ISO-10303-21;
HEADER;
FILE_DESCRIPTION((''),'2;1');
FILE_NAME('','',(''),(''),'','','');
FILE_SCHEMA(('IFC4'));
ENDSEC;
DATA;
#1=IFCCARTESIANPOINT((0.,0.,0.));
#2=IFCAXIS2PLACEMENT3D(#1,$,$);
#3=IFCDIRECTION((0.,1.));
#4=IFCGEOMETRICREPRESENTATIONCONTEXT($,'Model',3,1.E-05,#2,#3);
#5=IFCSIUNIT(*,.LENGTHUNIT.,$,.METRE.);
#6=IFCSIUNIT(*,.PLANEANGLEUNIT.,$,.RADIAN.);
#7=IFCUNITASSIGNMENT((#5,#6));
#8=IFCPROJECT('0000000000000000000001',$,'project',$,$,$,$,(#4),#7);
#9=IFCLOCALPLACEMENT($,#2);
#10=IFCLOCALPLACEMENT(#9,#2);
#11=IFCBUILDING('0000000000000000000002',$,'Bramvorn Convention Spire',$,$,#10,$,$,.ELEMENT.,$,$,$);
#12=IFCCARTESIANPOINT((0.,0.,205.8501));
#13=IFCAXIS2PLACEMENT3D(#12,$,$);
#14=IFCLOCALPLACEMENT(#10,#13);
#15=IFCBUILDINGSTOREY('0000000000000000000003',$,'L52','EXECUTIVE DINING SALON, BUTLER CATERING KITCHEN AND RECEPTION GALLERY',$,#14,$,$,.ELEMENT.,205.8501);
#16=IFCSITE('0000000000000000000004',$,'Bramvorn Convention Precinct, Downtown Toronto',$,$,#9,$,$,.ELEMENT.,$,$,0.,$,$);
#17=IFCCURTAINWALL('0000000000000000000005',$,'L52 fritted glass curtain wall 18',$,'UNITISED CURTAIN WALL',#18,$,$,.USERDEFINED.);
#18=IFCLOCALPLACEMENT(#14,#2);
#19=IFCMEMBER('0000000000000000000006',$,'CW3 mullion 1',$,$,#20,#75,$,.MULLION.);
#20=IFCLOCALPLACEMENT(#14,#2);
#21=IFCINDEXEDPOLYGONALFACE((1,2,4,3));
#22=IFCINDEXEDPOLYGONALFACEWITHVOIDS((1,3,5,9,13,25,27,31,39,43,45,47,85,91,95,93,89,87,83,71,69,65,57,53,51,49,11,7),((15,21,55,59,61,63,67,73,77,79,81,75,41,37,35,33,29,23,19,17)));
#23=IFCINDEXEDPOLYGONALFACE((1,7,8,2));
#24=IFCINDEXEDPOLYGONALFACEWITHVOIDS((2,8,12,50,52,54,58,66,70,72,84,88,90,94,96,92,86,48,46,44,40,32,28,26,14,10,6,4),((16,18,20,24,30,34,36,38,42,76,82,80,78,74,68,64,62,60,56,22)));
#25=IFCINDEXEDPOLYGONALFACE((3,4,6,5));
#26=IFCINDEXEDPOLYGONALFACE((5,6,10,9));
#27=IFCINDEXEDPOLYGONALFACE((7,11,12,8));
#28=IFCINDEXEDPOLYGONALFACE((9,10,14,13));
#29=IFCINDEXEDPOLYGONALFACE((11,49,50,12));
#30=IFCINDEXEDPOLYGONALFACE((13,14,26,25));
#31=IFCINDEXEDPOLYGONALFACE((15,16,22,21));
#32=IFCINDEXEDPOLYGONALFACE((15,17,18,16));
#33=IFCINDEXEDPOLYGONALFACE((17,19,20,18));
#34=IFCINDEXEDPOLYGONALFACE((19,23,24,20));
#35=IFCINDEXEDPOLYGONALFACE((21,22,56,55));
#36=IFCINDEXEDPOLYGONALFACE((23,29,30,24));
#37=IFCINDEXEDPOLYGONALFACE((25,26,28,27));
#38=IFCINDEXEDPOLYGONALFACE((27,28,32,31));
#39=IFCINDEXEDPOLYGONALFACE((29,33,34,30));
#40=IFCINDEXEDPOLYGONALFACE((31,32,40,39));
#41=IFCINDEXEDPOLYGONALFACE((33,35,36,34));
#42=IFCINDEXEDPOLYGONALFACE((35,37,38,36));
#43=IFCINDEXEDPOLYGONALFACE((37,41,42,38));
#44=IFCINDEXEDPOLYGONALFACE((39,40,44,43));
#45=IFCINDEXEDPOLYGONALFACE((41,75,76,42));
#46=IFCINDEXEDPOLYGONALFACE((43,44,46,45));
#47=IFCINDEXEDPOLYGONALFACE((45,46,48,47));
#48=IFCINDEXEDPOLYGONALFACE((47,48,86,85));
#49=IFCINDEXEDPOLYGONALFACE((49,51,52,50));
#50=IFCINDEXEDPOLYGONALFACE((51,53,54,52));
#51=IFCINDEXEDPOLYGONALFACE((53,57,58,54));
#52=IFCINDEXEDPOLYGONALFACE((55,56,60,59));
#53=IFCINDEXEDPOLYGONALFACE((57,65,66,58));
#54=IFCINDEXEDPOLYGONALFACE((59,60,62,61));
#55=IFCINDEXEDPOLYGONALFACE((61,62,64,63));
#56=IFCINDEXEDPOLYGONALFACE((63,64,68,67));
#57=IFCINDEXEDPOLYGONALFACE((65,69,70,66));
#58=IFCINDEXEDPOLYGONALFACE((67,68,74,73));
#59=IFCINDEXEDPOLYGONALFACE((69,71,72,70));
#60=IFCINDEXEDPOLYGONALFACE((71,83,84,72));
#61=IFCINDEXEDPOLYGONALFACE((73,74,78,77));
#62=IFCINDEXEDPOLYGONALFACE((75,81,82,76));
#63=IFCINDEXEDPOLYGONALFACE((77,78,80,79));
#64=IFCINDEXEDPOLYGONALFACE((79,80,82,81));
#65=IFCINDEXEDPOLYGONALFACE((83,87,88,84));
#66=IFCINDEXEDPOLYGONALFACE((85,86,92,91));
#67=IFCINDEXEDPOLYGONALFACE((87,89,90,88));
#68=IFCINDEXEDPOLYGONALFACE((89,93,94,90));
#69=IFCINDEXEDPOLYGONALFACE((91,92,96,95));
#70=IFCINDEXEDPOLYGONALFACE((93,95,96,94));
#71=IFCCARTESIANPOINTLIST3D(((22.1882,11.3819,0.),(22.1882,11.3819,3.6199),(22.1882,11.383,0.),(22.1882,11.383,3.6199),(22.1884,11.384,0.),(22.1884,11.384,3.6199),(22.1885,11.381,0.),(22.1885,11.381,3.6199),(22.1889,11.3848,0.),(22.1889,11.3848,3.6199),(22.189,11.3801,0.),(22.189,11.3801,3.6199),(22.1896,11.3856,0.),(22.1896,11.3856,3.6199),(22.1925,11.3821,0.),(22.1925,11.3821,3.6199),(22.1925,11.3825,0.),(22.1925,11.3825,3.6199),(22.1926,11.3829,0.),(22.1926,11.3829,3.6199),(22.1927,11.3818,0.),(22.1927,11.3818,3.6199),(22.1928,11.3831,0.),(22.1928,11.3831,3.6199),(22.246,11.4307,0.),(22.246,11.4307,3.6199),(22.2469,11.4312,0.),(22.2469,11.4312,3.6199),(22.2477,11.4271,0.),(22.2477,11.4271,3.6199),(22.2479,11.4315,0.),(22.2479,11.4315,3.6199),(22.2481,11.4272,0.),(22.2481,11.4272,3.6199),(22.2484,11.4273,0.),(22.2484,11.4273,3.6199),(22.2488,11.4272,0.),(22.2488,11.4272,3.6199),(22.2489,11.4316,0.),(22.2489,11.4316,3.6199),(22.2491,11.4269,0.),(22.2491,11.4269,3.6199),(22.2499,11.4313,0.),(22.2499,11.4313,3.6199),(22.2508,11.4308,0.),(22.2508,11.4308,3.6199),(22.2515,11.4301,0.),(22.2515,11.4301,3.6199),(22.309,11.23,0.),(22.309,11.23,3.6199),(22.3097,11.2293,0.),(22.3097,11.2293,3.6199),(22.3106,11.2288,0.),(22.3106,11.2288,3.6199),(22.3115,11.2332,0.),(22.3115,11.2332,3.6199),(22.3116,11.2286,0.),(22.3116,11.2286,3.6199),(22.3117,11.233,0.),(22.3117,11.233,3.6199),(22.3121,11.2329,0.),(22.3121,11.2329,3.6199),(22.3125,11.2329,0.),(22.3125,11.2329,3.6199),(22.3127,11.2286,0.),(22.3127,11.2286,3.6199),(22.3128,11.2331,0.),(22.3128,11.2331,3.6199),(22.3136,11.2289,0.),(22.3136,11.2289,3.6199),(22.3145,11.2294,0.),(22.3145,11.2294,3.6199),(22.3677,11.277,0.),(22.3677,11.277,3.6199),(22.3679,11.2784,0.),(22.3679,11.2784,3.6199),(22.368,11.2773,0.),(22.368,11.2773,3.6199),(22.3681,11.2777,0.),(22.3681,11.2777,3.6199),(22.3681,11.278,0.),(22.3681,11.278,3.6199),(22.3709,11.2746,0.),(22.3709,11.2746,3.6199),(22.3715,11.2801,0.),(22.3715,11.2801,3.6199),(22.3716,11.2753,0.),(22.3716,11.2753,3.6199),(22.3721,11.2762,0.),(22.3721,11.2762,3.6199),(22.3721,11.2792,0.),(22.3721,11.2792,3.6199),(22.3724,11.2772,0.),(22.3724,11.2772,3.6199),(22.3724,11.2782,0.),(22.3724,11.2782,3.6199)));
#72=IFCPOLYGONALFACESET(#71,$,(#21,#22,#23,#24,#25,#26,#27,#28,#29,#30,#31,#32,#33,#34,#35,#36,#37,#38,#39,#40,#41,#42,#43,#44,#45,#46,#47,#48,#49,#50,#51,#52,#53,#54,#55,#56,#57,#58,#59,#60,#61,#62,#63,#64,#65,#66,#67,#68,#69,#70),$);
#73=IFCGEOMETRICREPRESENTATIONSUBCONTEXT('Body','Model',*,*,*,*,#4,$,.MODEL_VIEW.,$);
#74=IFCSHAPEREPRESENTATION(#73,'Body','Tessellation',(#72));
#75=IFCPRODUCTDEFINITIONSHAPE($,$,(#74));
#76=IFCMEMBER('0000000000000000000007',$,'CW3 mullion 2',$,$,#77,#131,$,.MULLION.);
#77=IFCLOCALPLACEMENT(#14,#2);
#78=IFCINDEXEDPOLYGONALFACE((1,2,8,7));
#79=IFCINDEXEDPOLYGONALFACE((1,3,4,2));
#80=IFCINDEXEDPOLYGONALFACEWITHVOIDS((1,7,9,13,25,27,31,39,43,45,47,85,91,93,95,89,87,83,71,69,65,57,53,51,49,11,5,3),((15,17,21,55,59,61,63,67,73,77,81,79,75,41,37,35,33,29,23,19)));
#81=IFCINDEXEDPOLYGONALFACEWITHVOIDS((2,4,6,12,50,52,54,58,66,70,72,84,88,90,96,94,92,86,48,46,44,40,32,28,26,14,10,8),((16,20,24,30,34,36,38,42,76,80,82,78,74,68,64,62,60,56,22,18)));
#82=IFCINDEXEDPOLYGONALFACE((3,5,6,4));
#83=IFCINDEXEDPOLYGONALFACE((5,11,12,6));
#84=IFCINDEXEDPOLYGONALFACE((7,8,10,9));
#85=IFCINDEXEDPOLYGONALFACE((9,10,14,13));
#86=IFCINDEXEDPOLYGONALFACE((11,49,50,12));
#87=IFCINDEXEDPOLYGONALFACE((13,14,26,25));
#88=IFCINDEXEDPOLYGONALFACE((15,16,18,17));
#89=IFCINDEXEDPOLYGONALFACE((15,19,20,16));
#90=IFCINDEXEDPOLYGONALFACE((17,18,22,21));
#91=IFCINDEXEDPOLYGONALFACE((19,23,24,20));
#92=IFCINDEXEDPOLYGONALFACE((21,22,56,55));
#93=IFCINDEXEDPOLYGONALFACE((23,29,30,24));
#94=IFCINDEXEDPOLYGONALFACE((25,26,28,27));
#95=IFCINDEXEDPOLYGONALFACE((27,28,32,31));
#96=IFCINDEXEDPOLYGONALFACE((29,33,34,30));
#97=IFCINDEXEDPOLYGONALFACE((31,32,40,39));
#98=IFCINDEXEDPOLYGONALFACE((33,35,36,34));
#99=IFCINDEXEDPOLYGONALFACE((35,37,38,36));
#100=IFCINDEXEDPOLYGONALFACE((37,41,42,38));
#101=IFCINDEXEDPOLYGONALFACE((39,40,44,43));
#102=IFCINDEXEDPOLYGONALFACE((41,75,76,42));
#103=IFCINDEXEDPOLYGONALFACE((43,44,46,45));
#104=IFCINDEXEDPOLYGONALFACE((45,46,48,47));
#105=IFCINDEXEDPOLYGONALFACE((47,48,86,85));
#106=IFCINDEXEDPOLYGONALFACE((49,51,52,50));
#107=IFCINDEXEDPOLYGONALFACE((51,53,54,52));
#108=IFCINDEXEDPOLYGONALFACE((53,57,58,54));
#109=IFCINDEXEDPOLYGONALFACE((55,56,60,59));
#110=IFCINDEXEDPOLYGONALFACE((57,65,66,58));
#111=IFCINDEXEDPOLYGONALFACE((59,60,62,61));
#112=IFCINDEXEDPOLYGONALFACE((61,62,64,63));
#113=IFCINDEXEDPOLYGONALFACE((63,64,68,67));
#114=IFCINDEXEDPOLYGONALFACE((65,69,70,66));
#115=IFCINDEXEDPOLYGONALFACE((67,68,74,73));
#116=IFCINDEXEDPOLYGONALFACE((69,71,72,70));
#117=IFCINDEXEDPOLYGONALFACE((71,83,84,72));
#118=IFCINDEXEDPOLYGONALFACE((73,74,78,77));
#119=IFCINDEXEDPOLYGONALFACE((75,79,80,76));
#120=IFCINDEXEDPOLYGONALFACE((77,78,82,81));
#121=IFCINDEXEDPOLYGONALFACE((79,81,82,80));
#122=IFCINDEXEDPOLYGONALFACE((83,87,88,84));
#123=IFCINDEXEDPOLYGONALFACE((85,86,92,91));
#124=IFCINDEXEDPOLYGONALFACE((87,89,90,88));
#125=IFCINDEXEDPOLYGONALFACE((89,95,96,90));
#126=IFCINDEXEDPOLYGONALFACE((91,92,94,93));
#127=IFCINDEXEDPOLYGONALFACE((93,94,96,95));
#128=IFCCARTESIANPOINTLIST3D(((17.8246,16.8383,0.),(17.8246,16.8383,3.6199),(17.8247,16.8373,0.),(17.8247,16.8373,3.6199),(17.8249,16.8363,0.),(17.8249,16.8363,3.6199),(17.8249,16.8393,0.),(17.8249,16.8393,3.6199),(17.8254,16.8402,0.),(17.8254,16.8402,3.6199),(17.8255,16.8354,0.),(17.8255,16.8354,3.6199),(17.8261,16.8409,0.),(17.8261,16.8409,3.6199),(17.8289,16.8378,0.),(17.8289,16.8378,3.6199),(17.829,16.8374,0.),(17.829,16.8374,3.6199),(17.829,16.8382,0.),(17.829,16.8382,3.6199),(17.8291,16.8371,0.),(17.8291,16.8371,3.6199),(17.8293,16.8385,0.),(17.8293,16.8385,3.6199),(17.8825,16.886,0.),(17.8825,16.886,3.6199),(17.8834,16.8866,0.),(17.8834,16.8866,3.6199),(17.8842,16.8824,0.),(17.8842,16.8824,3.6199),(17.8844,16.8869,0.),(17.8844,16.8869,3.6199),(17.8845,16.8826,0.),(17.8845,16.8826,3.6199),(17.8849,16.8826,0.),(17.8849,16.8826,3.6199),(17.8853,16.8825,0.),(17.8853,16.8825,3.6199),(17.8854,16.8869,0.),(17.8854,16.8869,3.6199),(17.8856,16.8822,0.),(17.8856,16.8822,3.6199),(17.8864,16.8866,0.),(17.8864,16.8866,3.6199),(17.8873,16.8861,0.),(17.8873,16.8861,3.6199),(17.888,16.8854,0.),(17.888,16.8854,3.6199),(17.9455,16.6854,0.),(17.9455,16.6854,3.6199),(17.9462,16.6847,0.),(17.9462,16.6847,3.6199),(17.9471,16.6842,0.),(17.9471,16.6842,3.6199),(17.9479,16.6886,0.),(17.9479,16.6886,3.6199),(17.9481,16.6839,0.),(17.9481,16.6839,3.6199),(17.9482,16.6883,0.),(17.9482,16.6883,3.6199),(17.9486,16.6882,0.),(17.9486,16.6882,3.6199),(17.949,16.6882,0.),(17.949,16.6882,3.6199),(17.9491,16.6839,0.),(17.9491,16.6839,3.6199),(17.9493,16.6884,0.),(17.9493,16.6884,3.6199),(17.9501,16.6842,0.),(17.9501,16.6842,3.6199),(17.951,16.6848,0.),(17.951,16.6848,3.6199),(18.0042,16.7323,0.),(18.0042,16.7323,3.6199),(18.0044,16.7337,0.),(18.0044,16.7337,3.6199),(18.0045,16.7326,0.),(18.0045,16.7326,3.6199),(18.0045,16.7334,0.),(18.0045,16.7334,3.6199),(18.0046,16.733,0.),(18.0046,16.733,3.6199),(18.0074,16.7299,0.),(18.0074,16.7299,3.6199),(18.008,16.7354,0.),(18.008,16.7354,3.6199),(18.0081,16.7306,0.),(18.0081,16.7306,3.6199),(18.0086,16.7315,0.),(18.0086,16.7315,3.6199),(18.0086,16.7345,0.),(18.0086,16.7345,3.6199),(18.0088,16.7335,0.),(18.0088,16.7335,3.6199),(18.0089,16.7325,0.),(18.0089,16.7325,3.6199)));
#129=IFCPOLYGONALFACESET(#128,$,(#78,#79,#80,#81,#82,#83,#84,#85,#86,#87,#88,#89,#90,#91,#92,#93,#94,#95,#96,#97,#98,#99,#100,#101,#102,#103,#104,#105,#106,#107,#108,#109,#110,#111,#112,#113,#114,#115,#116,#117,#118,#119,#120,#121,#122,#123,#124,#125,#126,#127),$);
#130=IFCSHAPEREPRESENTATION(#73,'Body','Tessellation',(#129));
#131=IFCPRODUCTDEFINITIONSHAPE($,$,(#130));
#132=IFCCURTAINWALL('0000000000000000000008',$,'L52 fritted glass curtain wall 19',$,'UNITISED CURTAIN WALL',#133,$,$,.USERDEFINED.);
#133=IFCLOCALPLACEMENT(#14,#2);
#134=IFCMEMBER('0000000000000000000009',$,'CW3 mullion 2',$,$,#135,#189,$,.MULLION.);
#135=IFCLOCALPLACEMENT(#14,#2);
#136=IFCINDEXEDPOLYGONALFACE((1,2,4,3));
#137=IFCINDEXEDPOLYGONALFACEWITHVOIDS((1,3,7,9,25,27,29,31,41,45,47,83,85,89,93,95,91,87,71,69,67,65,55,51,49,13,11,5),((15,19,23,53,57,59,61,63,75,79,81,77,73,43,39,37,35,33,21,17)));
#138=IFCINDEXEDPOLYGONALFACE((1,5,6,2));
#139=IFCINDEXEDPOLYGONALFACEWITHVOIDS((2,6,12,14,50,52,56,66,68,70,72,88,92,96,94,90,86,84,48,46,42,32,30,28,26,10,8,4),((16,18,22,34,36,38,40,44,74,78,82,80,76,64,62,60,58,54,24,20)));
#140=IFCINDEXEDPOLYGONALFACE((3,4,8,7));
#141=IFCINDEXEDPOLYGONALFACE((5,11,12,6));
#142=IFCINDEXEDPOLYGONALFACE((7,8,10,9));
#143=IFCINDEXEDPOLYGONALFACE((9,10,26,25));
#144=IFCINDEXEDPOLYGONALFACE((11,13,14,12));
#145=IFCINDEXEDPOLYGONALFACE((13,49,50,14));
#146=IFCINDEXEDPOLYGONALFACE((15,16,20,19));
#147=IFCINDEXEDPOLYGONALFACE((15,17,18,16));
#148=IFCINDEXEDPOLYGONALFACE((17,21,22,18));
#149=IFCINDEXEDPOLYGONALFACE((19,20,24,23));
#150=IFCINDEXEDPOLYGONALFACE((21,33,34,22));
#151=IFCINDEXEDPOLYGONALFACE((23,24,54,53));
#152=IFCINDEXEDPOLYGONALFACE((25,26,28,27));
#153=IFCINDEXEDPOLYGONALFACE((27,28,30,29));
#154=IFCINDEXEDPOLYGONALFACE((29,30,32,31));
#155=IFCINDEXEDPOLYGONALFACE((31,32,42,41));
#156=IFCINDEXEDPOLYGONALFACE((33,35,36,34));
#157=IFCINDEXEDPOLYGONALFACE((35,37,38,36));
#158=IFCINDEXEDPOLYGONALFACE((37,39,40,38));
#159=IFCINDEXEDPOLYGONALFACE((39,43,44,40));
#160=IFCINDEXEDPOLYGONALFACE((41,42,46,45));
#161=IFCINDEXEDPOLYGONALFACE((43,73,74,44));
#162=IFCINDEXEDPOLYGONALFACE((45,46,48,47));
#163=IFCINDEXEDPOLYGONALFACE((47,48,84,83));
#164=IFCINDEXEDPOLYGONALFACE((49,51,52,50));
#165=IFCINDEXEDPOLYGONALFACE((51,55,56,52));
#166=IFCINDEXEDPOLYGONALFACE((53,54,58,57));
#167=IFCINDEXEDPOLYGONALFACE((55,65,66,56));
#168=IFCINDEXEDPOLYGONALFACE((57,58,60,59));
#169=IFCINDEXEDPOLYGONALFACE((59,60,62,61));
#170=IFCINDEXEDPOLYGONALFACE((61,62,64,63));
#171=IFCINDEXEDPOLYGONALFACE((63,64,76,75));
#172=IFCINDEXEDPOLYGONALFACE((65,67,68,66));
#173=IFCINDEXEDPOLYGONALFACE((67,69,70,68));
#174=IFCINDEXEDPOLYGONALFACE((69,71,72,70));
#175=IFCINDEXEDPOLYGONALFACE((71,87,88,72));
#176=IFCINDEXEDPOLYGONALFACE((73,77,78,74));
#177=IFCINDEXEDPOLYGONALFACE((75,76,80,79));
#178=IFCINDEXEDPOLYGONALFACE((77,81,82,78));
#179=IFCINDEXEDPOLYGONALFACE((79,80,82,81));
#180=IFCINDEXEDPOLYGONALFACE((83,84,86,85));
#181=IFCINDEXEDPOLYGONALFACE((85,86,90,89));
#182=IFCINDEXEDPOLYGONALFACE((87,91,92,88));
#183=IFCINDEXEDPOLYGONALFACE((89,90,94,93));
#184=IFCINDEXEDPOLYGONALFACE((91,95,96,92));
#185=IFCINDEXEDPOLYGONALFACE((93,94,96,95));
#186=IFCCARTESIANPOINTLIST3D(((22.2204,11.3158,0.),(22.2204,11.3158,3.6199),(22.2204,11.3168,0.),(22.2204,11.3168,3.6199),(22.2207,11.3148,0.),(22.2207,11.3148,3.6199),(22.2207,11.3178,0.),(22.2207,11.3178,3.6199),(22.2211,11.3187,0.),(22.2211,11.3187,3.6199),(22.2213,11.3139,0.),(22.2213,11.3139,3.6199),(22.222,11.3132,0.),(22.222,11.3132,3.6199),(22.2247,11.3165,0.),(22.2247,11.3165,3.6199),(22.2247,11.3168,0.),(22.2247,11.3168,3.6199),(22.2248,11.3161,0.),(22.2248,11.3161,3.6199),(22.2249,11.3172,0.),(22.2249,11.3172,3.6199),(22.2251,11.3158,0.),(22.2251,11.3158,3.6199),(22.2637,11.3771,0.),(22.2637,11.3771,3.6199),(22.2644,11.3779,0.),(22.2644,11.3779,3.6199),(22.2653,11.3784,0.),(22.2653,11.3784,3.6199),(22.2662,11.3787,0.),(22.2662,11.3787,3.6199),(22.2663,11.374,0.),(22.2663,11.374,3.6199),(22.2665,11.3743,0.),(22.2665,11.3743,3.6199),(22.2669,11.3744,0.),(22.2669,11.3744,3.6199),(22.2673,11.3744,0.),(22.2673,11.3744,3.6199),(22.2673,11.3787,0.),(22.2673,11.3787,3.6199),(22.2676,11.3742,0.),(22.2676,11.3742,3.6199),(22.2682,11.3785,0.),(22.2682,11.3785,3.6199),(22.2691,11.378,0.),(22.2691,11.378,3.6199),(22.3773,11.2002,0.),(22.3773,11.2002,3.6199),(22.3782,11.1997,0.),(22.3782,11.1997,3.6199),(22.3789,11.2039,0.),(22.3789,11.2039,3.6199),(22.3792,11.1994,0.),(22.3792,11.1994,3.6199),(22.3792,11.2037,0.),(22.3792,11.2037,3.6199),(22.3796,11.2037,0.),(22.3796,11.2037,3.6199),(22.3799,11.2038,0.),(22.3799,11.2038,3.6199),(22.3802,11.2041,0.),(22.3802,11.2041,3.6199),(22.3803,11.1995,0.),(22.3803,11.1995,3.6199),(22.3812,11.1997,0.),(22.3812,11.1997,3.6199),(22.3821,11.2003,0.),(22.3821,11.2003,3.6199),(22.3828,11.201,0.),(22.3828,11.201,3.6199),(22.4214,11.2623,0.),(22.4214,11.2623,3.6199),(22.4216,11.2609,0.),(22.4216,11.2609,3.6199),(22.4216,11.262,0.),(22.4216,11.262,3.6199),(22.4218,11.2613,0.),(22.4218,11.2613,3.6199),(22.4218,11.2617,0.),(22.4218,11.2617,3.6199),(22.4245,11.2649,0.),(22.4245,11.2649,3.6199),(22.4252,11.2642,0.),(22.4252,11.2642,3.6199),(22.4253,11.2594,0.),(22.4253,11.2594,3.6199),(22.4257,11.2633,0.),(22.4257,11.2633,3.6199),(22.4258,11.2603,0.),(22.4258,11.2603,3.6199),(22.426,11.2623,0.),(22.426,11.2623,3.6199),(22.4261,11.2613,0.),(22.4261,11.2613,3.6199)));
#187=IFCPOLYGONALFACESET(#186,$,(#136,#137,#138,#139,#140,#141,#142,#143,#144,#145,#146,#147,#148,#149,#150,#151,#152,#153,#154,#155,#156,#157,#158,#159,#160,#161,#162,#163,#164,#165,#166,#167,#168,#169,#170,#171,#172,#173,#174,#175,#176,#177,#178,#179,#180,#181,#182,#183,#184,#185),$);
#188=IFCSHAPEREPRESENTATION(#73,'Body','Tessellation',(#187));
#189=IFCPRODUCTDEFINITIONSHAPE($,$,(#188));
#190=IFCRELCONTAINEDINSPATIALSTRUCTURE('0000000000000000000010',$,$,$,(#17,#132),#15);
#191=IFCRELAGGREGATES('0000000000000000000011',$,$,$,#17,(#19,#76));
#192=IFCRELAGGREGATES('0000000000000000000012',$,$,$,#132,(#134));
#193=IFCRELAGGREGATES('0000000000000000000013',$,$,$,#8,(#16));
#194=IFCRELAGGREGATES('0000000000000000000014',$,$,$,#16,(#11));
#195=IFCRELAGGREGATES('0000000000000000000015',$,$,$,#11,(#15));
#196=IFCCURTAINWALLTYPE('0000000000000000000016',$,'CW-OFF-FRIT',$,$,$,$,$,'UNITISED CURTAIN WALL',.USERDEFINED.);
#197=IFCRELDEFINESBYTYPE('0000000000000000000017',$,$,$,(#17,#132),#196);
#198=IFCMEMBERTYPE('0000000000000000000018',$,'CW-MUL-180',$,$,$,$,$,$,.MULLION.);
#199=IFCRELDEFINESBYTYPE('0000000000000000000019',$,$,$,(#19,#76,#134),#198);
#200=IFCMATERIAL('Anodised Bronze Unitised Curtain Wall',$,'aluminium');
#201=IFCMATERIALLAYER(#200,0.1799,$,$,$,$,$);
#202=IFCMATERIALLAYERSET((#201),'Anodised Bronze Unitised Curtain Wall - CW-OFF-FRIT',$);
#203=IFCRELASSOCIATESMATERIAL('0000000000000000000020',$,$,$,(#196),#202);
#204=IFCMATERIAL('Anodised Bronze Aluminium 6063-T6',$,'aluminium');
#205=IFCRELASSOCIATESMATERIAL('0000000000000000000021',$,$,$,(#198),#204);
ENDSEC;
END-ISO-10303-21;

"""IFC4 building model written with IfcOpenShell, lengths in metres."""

from ifc_helpers import new_model, si_unit, direction, frame, origin, origin_2d, place, context, subcontext, project, spatial, hollow_rectangle, extrude, material, layer, layer_set, material_profile, profile_set, type_object, element, aggregate, save


model = new_model("IFC4")

# Units and contexts
model_context = context("Model", 3, precision=1e-05, world=origin(), true_north=direction((0.0, 1.0)))
body_context = subcontext(model_context, "Body", "Model", "MODEL_VIEW")
ifc_project = project(units=[si_unit("LENGTHUNIT", "METRE"), si_unit("PLANEANGLEUNIT", "RADIAN")], contexts=[model_context])

# Site, building, storey
site_placement = place(None, origin())
site = spatial("IfcSite", under=ifc_project, at=site_placement, Name="Bramvorn Convention Precinct, Downtown Toronto", CompositionType="ELEMENT", RefElevation=0.0)
building_placement = place(site_placement, origin())
building = spatial("IfcBuilding", under=site, at=building_placement, Name="Bramvorn Convention Spire", CompositionType="ELEMENT")
storey_placement = place(building_placement, frame((0.0, 0.0, 205.8501)))
storey = spatial("IfcBuildingStorey", under=building, at=storey_placement, Name="L52", Description="EXECUTIVE DINING SALON, BUTLER CATERING KITCHEN AND RECEPTION GALLERY", CompositionType="ELEMENT", Elevation=205.8501)

# Curtain wall, members
ifc_material_1 = material(Name="Anodised Bronze Unitised Curtain Wall", Category="aluminium")
ifc_layer_1 = layer(ifc_material_1, 0.1799)
ifc_layer_set_1 = layer_set([ifc_layer_1], Name="Anodised Bronze Unitised Curtain Wall - CW-OFF-FRIT")
curtain_wall_type = type_object("IfcCurtainWallType", Name="CW-OFF-FRIT", ElementType="UNITISED CURTAIN WALL", PredefinedType="USERDEFINED", material=ifc_layer_set_1)
curtain_wall_1_placement = place(storey_placement, origin())
curtain_wall_1 = element("IfcCurtainWall", 1, at=curtain_wall_1_placement, inside=storey, type_object=curtain_wall_type, Name="L52 fritted glass curtain wall 18", ObjectType="UNITISED CURTAIN WALL", PredefinedType="USERDEFINED")
ifc_material_2 = material(Name="Anodised Bronze Aluminium 6063-T6", Category="aluminium")
ifc_material_profile_1 = material_profile(ifc_material_2, hollow_rectangle(XDim=0.0801, YDim=0.2, WallThickness=0.0039, InnerFilletRadius=0.001, OuterFilletRadius=0.0039, at=origin_2d()))
ifc_profile_set_1 = profile_set([ifc_material_profile_1], Name="Anodised Bronze Aluminium 6063-T6 - CWM80X200")
member_type_1 = type_object("IfcMemberType", Name="CW-MUL-180", PredefinedType="MULLION", material=ifc_profile_set_1)
member_1_placement = place(storey_placement, frame((22.2803, 11.3301, 0.0), z_axis=(0.0, 0.0, 1.0), x_axis=(-0.78093, -0.624619, 0.0)))
member_1 = element("IfcMember", 2, at=member_1_placement, type_object=member_type_1, Name="CW3 mullion 1", PredefinedType="MULLION", context=body_context, shape_type="SweptSolid", body=[
    extrude(hollow_rectangle(XDim=0.0801, YDim=0.2, WallThickness=0.0039, InnerFilletRadius=0.001, OuterFilletRadius=0.0039, at=origin_2d()), origin(), (0.0, 0.0, 1.0), 3.6199),
])
member_2_placement = place(storey_placement, frame((17.9167, 16.7854, 0.0), z_axis=(0.0, 0.0, 1.0), x_axis=(-0.78093, -0.624619, 0.0)))
member_2 = element("IfcMember", 3, at=member_2_placement, type_object=member_type_1, Name="CW3 mullion 2", PredefinedType="MULLION", context=body_context, shape_type="SweptSolid", body=[
    extrude(hollow_rectangle(XDim=0.0801, YDim=0.2, WallThickness=0.0039, InnerFilletRadius=0.001, OuterFilletRadius=0.0039, at=origin_2d()), origin(), (0.0, 0.0, 1.0), 3.6199),
])

# Curtain wall, member
curtain_wall_2_placement = place(storey_placement, origin())
curtain_wall_2 = element("IfcCurtainWall", 4, at=curtain_wall_2_placement, inside=storey, type_object=curtain_wall_type, Name="L52 fritted glass curtain wall 19", ObjectType="UNITISED CURTAIN WALL", PredefinedType="USERDEFINED")
member_3_placement = place(storey_placement, frame((22.3232, 11.2891, 0.0), z_axis=(0.0, 0.0, 1.0), x_axis=(-0.588551, -0.80846, 0.0)))
member_3 = element("IfcMember", 5, at=member_3_placement, type_object=member_type_1, Name="CW3 mullion 2", PredefinedType="MULLION", context=body_context, shape_type="SweptSolid", body=[
    extrude(hollow_rectangle(XDim=0.0801, YDim=0.2, WallThickness=0.0039, InnerFilletRadius=0.001, OuterFilletRadius=0.0039, at=origin_2d()), origin(), (0.0, 0.0, 1.0), 3.6199),
])

aggregate(curtain_wall_1, [member_1, member_2])
aggregate(curtain_wall_2, [member_3])

save(model, "model.ifc")
